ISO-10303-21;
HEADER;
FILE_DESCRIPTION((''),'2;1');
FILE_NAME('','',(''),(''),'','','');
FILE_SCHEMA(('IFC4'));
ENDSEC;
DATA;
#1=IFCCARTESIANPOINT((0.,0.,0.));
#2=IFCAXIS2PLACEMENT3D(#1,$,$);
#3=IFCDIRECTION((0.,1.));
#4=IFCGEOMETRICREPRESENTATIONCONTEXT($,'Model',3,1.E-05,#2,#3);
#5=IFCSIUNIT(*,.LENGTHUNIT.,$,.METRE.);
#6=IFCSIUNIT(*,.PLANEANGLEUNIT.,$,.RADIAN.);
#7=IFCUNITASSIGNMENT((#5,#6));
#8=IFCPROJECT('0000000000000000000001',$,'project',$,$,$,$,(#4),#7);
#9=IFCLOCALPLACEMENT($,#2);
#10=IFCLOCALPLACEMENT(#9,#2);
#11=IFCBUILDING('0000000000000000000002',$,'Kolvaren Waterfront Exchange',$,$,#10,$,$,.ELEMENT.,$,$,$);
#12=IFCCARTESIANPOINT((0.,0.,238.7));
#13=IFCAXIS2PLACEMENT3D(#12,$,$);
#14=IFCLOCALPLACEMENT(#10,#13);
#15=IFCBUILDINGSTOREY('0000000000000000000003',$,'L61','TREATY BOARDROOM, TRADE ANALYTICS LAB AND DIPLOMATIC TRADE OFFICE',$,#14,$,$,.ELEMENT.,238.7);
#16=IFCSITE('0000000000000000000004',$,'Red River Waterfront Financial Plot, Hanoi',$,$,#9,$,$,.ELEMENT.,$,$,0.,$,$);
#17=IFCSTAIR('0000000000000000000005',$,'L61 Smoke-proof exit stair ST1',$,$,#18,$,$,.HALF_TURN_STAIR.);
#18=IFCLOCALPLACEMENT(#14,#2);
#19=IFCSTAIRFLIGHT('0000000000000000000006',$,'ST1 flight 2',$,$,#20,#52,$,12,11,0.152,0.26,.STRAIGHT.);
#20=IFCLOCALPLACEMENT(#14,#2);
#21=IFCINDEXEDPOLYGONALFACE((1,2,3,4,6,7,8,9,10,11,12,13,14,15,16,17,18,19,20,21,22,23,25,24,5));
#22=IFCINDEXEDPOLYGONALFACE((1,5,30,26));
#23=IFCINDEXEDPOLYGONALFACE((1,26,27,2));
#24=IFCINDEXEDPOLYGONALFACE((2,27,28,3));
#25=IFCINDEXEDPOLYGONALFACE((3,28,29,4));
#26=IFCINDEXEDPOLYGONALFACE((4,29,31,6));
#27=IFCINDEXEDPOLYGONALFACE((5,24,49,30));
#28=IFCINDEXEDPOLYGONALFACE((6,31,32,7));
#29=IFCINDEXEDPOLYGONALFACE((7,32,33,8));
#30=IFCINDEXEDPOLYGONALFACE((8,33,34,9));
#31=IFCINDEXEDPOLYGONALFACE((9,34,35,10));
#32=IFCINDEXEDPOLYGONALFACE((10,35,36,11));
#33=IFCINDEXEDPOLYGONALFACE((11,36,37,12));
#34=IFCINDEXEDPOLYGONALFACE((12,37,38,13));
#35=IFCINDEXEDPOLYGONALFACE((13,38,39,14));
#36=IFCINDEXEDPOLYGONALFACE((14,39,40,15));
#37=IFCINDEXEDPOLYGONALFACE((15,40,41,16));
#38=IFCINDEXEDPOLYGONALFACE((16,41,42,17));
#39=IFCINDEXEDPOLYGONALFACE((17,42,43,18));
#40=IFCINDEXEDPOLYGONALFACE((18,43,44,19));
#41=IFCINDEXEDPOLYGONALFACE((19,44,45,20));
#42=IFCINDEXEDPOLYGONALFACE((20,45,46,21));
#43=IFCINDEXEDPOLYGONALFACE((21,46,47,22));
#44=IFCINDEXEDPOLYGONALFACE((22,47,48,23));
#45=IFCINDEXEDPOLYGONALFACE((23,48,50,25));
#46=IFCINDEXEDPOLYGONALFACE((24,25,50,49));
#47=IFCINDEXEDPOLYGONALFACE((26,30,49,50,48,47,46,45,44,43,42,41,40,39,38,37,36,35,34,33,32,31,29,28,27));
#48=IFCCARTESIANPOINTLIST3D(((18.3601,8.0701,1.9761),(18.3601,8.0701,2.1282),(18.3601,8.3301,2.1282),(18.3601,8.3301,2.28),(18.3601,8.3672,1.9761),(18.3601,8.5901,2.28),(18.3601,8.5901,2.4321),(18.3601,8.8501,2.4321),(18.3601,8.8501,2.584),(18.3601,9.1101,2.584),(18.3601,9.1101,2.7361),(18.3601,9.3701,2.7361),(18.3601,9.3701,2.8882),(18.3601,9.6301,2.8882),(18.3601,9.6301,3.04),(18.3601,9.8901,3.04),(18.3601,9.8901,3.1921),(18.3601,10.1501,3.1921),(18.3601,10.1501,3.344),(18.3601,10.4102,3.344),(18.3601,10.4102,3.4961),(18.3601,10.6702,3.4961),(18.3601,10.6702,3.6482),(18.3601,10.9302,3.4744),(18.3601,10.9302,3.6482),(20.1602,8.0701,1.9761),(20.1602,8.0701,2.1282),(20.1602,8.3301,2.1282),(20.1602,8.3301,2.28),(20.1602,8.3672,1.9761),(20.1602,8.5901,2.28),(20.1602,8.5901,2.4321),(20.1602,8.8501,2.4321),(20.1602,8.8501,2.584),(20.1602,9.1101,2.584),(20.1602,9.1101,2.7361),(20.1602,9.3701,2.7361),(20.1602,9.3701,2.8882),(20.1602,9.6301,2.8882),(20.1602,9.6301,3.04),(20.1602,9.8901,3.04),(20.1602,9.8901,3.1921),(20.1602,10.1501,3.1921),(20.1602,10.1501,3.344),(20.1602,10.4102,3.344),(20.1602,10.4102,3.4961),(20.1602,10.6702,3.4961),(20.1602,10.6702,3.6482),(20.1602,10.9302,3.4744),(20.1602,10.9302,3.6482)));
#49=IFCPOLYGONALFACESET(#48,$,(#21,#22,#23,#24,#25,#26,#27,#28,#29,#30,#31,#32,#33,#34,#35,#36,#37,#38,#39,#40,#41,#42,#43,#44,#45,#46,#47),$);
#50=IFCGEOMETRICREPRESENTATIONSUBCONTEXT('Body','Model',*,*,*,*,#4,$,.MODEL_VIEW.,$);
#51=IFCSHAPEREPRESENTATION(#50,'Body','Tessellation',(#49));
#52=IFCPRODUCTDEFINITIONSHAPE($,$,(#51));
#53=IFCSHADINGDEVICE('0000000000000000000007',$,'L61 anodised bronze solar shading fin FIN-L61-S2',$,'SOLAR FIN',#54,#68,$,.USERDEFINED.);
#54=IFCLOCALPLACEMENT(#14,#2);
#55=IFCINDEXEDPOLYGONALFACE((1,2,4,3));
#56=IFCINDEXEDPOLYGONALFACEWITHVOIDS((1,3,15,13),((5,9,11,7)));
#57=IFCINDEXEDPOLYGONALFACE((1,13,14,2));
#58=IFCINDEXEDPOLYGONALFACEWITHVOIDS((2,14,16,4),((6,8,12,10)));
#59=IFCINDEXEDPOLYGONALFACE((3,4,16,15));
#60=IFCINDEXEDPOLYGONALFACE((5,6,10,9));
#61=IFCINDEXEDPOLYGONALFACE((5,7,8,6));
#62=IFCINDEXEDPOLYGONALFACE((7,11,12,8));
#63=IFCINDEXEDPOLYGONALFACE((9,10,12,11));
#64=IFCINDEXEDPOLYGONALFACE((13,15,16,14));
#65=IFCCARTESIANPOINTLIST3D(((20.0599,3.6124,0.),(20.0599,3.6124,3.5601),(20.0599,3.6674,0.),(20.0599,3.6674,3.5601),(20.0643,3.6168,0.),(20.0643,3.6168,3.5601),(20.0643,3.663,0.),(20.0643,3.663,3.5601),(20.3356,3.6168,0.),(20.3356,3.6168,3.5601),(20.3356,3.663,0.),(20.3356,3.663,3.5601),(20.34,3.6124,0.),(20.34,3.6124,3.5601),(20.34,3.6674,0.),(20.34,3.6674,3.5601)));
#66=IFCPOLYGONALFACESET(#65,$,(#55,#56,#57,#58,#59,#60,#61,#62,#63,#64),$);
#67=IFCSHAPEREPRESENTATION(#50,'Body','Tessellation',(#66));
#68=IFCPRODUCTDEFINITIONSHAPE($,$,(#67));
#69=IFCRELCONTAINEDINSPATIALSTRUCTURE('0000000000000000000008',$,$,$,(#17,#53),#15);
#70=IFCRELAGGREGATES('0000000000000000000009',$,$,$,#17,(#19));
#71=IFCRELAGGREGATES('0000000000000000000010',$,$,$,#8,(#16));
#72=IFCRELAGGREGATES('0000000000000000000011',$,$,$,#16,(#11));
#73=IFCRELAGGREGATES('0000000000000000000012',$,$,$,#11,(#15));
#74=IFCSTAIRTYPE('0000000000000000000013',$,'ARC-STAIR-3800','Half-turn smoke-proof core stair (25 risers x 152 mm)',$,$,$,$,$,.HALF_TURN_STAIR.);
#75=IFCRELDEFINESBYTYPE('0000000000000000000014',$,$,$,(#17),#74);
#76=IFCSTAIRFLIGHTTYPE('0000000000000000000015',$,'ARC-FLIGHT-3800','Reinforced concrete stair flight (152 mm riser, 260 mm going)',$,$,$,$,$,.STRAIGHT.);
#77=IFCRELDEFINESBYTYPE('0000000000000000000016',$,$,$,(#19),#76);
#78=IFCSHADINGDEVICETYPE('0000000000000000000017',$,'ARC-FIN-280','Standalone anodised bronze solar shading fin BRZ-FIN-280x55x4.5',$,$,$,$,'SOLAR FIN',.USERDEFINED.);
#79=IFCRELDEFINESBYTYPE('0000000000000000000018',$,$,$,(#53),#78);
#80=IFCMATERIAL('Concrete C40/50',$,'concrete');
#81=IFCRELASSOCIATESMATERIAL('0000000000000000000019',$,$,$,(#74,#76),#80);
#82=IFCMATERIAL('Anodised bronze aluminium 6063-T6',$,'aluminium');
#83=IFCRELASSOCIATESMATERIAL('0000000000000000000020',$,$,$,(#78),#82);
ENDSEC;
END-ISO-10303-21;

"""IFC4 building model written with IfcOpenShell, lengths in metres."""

from ifc_helpers import new_model, si_unit, direction, frame, origin, origin_2d, place, context, subcontext, project, spatial, polyline, hollow_rectangle, outline, extrude, material, material_profile, profile_set, type_object, element, aggregate, save


model = new_model("IFC4")

# Units and contexts
model_context = context("Model", 3, precision=1e-05, world=origin(), true_north=direction((0.0, 1.0)))
body_context = subcontext(model_context, "Body", "Model", "MODEL_VIEW")
ifc_project = project(units=[si_unit("LENGTHUNIT", "METRE"), si_unit("PLANEANGLEUNIT", "RADIAN")], contexts=[model_context])

# Site, building, storey
site_placement = place(None, origin())
site = spatial("IfcSite", under=ifc_project, at=site_placement, Name="Red River Waterfront Financial Plot, Hanoi", CompositionType="ELEMENT", RefElevation=0.0)
building_placement = place(site_placement, origin())
building = spatial("IfcBuilding", under=site, at=building_placement, Name="Kolvaren Waterfront Exchange", CompositionType="ELEMENT")
storey_placement = place(building_placement, frame((0.0, 0.0, 238.7)))
storey = spatial("IfcBuildingStorey", under=building, at=storey_placement, Name="L61", Description="TREATY BOARDROOM, TRADE ANALYTICS LAB AND DIPLOMATIC TRADE OFFICE", CompositionType="ELEMENT", Elevation=238.7)

# Shared definitions
ifc_material_1 = material(Name="Anodised bronze aluminium 6063-T6", Category="aluminium")

# Shared definitions
ifc_material_2 = material(Name="Concrete C40/50", Category="concrete")

# Stair, stair flight
stair_type = type_object("IfcStairType", Name="ARC-STAIR-3800", Description="Half-turn smoke-proof core stair (25 risers x 152 mm)", PredefinedType="HALF_TURN_STAIR", material=ifc_material_2)
stair_placement = place(storey_placement, origin())
stair = element("IfcStair", 1, at=stair_placement, inside=storey, type_object=stair_type, Name="L61 Smoke-proof exit stair ST1", PredefinedType="HALF_TURN_STAIR")
stair_flight_type = type_object("IfcStairFlightType", Name="ARC-FLIGHT-3800", Description="Reinforced concrete stair flight (152 mm riser, 260 mm going)", PredefinedType="STRAIGHT", material=ifc_material_2)
stair_flight_placement = place(storey_placement, frame((19.26, 8.0701, 1.9761), z_axis=(0.0, 0.0, 1.0), x_axis=(0.0, 1.0, 0.0)))
stair_flight = element("IfcStairFlight", 2, at=stair_flight_placement, type_object=stair_flight_type, Name="ST1 flight 2", NumberOfRisers=12, NumberOfTreads=11, PredefinedType="STRAIGHT", RiserHeight=0.152, TreadLength=0.26, context=body_context, shape_type="SweptSolid", body=[
    extrude(outline(polyline([(0.0, 0.0), (0.0, 0.1521), (0.26, 0.1521), (0.26, 0.304), (0.52, 0.304), (0.52, 0.4561), (0.78, 0.4561), (0.78, 0.6079), (1.04, 0.6079), (1.04, 0.76), (1.3, 0.76), (1.3, 0.9121), (1.5601, 0.9121), (1.5601, 1.064), (1.8201, 1.064), (1.8201, 1.2161), (2.0801, 1.2161), (2.0801, 1.3679), (2.3401, 1.3679), (2.3401, 1.52), (2.6001, 1.52), (2.6001, 1.6721), (2.8601, 1.6721), (2.8601, 1.824), (2.8601, 1.4983), (0.2971, 0.0), (0.0, 0.0)])), frame((0.0, 0.8999, 0.0), z_axis=(0.0, -1.0, 0.0), x_axis=(1.0, 0.0, 0.0)), (0.0, 0.0, 1.0), 1.8),
])
aggregate(stair, [stair_flight])

# Shading device
ifc_material_profile_1 = material_profile(ifc_material_1, hollow_rectangle(XDim=0.0549, YDim=0.28, WallThickness=0.0044, at=origin_2d()), Name="BRZ-FIN-280x55x4.5")
ifc_profile_set_1 = profile_set([ifc_material_profile_1], Name="Anodised bronze aluminium 6063-T6")
shading_device_type = type_object("IfcShadingDeviceType", Name="ARC-FIN-280", Description="Standalone anodised bronze solar shading fin BRZ-FIN-280x55x4.5", ElementType="SOLAR FIN", PredefinedType="USERDEFINED", material=ifc_profile_set_1)
shading_device_placement = place(storey_placement, frame((20.2, 3.6399, 0.0), z_axis=(0.0, 0.0, 1.0), x_axis=(0.0, -1.0, 0.0)))
element("IfcShadingDevice", 3, at=shading_device_placement, inside=storey, type_object=shading_device_type, Name="L61 anodised bronze solar shading fin FIN-L61-S2", ObjectType="SOLAR FIN", PredefinedType="USERDEFINED", context=body_context, shape_type="SweptSolid", body=[
    extrude(hollow_rectangle(XDim=0.0549, YDim=0.28, WallThickness=0.0044, at=origin_2d()), origin(), (0.0, 0.0, 1.0), 3.5601),
])

save(model, "model.ifc")
